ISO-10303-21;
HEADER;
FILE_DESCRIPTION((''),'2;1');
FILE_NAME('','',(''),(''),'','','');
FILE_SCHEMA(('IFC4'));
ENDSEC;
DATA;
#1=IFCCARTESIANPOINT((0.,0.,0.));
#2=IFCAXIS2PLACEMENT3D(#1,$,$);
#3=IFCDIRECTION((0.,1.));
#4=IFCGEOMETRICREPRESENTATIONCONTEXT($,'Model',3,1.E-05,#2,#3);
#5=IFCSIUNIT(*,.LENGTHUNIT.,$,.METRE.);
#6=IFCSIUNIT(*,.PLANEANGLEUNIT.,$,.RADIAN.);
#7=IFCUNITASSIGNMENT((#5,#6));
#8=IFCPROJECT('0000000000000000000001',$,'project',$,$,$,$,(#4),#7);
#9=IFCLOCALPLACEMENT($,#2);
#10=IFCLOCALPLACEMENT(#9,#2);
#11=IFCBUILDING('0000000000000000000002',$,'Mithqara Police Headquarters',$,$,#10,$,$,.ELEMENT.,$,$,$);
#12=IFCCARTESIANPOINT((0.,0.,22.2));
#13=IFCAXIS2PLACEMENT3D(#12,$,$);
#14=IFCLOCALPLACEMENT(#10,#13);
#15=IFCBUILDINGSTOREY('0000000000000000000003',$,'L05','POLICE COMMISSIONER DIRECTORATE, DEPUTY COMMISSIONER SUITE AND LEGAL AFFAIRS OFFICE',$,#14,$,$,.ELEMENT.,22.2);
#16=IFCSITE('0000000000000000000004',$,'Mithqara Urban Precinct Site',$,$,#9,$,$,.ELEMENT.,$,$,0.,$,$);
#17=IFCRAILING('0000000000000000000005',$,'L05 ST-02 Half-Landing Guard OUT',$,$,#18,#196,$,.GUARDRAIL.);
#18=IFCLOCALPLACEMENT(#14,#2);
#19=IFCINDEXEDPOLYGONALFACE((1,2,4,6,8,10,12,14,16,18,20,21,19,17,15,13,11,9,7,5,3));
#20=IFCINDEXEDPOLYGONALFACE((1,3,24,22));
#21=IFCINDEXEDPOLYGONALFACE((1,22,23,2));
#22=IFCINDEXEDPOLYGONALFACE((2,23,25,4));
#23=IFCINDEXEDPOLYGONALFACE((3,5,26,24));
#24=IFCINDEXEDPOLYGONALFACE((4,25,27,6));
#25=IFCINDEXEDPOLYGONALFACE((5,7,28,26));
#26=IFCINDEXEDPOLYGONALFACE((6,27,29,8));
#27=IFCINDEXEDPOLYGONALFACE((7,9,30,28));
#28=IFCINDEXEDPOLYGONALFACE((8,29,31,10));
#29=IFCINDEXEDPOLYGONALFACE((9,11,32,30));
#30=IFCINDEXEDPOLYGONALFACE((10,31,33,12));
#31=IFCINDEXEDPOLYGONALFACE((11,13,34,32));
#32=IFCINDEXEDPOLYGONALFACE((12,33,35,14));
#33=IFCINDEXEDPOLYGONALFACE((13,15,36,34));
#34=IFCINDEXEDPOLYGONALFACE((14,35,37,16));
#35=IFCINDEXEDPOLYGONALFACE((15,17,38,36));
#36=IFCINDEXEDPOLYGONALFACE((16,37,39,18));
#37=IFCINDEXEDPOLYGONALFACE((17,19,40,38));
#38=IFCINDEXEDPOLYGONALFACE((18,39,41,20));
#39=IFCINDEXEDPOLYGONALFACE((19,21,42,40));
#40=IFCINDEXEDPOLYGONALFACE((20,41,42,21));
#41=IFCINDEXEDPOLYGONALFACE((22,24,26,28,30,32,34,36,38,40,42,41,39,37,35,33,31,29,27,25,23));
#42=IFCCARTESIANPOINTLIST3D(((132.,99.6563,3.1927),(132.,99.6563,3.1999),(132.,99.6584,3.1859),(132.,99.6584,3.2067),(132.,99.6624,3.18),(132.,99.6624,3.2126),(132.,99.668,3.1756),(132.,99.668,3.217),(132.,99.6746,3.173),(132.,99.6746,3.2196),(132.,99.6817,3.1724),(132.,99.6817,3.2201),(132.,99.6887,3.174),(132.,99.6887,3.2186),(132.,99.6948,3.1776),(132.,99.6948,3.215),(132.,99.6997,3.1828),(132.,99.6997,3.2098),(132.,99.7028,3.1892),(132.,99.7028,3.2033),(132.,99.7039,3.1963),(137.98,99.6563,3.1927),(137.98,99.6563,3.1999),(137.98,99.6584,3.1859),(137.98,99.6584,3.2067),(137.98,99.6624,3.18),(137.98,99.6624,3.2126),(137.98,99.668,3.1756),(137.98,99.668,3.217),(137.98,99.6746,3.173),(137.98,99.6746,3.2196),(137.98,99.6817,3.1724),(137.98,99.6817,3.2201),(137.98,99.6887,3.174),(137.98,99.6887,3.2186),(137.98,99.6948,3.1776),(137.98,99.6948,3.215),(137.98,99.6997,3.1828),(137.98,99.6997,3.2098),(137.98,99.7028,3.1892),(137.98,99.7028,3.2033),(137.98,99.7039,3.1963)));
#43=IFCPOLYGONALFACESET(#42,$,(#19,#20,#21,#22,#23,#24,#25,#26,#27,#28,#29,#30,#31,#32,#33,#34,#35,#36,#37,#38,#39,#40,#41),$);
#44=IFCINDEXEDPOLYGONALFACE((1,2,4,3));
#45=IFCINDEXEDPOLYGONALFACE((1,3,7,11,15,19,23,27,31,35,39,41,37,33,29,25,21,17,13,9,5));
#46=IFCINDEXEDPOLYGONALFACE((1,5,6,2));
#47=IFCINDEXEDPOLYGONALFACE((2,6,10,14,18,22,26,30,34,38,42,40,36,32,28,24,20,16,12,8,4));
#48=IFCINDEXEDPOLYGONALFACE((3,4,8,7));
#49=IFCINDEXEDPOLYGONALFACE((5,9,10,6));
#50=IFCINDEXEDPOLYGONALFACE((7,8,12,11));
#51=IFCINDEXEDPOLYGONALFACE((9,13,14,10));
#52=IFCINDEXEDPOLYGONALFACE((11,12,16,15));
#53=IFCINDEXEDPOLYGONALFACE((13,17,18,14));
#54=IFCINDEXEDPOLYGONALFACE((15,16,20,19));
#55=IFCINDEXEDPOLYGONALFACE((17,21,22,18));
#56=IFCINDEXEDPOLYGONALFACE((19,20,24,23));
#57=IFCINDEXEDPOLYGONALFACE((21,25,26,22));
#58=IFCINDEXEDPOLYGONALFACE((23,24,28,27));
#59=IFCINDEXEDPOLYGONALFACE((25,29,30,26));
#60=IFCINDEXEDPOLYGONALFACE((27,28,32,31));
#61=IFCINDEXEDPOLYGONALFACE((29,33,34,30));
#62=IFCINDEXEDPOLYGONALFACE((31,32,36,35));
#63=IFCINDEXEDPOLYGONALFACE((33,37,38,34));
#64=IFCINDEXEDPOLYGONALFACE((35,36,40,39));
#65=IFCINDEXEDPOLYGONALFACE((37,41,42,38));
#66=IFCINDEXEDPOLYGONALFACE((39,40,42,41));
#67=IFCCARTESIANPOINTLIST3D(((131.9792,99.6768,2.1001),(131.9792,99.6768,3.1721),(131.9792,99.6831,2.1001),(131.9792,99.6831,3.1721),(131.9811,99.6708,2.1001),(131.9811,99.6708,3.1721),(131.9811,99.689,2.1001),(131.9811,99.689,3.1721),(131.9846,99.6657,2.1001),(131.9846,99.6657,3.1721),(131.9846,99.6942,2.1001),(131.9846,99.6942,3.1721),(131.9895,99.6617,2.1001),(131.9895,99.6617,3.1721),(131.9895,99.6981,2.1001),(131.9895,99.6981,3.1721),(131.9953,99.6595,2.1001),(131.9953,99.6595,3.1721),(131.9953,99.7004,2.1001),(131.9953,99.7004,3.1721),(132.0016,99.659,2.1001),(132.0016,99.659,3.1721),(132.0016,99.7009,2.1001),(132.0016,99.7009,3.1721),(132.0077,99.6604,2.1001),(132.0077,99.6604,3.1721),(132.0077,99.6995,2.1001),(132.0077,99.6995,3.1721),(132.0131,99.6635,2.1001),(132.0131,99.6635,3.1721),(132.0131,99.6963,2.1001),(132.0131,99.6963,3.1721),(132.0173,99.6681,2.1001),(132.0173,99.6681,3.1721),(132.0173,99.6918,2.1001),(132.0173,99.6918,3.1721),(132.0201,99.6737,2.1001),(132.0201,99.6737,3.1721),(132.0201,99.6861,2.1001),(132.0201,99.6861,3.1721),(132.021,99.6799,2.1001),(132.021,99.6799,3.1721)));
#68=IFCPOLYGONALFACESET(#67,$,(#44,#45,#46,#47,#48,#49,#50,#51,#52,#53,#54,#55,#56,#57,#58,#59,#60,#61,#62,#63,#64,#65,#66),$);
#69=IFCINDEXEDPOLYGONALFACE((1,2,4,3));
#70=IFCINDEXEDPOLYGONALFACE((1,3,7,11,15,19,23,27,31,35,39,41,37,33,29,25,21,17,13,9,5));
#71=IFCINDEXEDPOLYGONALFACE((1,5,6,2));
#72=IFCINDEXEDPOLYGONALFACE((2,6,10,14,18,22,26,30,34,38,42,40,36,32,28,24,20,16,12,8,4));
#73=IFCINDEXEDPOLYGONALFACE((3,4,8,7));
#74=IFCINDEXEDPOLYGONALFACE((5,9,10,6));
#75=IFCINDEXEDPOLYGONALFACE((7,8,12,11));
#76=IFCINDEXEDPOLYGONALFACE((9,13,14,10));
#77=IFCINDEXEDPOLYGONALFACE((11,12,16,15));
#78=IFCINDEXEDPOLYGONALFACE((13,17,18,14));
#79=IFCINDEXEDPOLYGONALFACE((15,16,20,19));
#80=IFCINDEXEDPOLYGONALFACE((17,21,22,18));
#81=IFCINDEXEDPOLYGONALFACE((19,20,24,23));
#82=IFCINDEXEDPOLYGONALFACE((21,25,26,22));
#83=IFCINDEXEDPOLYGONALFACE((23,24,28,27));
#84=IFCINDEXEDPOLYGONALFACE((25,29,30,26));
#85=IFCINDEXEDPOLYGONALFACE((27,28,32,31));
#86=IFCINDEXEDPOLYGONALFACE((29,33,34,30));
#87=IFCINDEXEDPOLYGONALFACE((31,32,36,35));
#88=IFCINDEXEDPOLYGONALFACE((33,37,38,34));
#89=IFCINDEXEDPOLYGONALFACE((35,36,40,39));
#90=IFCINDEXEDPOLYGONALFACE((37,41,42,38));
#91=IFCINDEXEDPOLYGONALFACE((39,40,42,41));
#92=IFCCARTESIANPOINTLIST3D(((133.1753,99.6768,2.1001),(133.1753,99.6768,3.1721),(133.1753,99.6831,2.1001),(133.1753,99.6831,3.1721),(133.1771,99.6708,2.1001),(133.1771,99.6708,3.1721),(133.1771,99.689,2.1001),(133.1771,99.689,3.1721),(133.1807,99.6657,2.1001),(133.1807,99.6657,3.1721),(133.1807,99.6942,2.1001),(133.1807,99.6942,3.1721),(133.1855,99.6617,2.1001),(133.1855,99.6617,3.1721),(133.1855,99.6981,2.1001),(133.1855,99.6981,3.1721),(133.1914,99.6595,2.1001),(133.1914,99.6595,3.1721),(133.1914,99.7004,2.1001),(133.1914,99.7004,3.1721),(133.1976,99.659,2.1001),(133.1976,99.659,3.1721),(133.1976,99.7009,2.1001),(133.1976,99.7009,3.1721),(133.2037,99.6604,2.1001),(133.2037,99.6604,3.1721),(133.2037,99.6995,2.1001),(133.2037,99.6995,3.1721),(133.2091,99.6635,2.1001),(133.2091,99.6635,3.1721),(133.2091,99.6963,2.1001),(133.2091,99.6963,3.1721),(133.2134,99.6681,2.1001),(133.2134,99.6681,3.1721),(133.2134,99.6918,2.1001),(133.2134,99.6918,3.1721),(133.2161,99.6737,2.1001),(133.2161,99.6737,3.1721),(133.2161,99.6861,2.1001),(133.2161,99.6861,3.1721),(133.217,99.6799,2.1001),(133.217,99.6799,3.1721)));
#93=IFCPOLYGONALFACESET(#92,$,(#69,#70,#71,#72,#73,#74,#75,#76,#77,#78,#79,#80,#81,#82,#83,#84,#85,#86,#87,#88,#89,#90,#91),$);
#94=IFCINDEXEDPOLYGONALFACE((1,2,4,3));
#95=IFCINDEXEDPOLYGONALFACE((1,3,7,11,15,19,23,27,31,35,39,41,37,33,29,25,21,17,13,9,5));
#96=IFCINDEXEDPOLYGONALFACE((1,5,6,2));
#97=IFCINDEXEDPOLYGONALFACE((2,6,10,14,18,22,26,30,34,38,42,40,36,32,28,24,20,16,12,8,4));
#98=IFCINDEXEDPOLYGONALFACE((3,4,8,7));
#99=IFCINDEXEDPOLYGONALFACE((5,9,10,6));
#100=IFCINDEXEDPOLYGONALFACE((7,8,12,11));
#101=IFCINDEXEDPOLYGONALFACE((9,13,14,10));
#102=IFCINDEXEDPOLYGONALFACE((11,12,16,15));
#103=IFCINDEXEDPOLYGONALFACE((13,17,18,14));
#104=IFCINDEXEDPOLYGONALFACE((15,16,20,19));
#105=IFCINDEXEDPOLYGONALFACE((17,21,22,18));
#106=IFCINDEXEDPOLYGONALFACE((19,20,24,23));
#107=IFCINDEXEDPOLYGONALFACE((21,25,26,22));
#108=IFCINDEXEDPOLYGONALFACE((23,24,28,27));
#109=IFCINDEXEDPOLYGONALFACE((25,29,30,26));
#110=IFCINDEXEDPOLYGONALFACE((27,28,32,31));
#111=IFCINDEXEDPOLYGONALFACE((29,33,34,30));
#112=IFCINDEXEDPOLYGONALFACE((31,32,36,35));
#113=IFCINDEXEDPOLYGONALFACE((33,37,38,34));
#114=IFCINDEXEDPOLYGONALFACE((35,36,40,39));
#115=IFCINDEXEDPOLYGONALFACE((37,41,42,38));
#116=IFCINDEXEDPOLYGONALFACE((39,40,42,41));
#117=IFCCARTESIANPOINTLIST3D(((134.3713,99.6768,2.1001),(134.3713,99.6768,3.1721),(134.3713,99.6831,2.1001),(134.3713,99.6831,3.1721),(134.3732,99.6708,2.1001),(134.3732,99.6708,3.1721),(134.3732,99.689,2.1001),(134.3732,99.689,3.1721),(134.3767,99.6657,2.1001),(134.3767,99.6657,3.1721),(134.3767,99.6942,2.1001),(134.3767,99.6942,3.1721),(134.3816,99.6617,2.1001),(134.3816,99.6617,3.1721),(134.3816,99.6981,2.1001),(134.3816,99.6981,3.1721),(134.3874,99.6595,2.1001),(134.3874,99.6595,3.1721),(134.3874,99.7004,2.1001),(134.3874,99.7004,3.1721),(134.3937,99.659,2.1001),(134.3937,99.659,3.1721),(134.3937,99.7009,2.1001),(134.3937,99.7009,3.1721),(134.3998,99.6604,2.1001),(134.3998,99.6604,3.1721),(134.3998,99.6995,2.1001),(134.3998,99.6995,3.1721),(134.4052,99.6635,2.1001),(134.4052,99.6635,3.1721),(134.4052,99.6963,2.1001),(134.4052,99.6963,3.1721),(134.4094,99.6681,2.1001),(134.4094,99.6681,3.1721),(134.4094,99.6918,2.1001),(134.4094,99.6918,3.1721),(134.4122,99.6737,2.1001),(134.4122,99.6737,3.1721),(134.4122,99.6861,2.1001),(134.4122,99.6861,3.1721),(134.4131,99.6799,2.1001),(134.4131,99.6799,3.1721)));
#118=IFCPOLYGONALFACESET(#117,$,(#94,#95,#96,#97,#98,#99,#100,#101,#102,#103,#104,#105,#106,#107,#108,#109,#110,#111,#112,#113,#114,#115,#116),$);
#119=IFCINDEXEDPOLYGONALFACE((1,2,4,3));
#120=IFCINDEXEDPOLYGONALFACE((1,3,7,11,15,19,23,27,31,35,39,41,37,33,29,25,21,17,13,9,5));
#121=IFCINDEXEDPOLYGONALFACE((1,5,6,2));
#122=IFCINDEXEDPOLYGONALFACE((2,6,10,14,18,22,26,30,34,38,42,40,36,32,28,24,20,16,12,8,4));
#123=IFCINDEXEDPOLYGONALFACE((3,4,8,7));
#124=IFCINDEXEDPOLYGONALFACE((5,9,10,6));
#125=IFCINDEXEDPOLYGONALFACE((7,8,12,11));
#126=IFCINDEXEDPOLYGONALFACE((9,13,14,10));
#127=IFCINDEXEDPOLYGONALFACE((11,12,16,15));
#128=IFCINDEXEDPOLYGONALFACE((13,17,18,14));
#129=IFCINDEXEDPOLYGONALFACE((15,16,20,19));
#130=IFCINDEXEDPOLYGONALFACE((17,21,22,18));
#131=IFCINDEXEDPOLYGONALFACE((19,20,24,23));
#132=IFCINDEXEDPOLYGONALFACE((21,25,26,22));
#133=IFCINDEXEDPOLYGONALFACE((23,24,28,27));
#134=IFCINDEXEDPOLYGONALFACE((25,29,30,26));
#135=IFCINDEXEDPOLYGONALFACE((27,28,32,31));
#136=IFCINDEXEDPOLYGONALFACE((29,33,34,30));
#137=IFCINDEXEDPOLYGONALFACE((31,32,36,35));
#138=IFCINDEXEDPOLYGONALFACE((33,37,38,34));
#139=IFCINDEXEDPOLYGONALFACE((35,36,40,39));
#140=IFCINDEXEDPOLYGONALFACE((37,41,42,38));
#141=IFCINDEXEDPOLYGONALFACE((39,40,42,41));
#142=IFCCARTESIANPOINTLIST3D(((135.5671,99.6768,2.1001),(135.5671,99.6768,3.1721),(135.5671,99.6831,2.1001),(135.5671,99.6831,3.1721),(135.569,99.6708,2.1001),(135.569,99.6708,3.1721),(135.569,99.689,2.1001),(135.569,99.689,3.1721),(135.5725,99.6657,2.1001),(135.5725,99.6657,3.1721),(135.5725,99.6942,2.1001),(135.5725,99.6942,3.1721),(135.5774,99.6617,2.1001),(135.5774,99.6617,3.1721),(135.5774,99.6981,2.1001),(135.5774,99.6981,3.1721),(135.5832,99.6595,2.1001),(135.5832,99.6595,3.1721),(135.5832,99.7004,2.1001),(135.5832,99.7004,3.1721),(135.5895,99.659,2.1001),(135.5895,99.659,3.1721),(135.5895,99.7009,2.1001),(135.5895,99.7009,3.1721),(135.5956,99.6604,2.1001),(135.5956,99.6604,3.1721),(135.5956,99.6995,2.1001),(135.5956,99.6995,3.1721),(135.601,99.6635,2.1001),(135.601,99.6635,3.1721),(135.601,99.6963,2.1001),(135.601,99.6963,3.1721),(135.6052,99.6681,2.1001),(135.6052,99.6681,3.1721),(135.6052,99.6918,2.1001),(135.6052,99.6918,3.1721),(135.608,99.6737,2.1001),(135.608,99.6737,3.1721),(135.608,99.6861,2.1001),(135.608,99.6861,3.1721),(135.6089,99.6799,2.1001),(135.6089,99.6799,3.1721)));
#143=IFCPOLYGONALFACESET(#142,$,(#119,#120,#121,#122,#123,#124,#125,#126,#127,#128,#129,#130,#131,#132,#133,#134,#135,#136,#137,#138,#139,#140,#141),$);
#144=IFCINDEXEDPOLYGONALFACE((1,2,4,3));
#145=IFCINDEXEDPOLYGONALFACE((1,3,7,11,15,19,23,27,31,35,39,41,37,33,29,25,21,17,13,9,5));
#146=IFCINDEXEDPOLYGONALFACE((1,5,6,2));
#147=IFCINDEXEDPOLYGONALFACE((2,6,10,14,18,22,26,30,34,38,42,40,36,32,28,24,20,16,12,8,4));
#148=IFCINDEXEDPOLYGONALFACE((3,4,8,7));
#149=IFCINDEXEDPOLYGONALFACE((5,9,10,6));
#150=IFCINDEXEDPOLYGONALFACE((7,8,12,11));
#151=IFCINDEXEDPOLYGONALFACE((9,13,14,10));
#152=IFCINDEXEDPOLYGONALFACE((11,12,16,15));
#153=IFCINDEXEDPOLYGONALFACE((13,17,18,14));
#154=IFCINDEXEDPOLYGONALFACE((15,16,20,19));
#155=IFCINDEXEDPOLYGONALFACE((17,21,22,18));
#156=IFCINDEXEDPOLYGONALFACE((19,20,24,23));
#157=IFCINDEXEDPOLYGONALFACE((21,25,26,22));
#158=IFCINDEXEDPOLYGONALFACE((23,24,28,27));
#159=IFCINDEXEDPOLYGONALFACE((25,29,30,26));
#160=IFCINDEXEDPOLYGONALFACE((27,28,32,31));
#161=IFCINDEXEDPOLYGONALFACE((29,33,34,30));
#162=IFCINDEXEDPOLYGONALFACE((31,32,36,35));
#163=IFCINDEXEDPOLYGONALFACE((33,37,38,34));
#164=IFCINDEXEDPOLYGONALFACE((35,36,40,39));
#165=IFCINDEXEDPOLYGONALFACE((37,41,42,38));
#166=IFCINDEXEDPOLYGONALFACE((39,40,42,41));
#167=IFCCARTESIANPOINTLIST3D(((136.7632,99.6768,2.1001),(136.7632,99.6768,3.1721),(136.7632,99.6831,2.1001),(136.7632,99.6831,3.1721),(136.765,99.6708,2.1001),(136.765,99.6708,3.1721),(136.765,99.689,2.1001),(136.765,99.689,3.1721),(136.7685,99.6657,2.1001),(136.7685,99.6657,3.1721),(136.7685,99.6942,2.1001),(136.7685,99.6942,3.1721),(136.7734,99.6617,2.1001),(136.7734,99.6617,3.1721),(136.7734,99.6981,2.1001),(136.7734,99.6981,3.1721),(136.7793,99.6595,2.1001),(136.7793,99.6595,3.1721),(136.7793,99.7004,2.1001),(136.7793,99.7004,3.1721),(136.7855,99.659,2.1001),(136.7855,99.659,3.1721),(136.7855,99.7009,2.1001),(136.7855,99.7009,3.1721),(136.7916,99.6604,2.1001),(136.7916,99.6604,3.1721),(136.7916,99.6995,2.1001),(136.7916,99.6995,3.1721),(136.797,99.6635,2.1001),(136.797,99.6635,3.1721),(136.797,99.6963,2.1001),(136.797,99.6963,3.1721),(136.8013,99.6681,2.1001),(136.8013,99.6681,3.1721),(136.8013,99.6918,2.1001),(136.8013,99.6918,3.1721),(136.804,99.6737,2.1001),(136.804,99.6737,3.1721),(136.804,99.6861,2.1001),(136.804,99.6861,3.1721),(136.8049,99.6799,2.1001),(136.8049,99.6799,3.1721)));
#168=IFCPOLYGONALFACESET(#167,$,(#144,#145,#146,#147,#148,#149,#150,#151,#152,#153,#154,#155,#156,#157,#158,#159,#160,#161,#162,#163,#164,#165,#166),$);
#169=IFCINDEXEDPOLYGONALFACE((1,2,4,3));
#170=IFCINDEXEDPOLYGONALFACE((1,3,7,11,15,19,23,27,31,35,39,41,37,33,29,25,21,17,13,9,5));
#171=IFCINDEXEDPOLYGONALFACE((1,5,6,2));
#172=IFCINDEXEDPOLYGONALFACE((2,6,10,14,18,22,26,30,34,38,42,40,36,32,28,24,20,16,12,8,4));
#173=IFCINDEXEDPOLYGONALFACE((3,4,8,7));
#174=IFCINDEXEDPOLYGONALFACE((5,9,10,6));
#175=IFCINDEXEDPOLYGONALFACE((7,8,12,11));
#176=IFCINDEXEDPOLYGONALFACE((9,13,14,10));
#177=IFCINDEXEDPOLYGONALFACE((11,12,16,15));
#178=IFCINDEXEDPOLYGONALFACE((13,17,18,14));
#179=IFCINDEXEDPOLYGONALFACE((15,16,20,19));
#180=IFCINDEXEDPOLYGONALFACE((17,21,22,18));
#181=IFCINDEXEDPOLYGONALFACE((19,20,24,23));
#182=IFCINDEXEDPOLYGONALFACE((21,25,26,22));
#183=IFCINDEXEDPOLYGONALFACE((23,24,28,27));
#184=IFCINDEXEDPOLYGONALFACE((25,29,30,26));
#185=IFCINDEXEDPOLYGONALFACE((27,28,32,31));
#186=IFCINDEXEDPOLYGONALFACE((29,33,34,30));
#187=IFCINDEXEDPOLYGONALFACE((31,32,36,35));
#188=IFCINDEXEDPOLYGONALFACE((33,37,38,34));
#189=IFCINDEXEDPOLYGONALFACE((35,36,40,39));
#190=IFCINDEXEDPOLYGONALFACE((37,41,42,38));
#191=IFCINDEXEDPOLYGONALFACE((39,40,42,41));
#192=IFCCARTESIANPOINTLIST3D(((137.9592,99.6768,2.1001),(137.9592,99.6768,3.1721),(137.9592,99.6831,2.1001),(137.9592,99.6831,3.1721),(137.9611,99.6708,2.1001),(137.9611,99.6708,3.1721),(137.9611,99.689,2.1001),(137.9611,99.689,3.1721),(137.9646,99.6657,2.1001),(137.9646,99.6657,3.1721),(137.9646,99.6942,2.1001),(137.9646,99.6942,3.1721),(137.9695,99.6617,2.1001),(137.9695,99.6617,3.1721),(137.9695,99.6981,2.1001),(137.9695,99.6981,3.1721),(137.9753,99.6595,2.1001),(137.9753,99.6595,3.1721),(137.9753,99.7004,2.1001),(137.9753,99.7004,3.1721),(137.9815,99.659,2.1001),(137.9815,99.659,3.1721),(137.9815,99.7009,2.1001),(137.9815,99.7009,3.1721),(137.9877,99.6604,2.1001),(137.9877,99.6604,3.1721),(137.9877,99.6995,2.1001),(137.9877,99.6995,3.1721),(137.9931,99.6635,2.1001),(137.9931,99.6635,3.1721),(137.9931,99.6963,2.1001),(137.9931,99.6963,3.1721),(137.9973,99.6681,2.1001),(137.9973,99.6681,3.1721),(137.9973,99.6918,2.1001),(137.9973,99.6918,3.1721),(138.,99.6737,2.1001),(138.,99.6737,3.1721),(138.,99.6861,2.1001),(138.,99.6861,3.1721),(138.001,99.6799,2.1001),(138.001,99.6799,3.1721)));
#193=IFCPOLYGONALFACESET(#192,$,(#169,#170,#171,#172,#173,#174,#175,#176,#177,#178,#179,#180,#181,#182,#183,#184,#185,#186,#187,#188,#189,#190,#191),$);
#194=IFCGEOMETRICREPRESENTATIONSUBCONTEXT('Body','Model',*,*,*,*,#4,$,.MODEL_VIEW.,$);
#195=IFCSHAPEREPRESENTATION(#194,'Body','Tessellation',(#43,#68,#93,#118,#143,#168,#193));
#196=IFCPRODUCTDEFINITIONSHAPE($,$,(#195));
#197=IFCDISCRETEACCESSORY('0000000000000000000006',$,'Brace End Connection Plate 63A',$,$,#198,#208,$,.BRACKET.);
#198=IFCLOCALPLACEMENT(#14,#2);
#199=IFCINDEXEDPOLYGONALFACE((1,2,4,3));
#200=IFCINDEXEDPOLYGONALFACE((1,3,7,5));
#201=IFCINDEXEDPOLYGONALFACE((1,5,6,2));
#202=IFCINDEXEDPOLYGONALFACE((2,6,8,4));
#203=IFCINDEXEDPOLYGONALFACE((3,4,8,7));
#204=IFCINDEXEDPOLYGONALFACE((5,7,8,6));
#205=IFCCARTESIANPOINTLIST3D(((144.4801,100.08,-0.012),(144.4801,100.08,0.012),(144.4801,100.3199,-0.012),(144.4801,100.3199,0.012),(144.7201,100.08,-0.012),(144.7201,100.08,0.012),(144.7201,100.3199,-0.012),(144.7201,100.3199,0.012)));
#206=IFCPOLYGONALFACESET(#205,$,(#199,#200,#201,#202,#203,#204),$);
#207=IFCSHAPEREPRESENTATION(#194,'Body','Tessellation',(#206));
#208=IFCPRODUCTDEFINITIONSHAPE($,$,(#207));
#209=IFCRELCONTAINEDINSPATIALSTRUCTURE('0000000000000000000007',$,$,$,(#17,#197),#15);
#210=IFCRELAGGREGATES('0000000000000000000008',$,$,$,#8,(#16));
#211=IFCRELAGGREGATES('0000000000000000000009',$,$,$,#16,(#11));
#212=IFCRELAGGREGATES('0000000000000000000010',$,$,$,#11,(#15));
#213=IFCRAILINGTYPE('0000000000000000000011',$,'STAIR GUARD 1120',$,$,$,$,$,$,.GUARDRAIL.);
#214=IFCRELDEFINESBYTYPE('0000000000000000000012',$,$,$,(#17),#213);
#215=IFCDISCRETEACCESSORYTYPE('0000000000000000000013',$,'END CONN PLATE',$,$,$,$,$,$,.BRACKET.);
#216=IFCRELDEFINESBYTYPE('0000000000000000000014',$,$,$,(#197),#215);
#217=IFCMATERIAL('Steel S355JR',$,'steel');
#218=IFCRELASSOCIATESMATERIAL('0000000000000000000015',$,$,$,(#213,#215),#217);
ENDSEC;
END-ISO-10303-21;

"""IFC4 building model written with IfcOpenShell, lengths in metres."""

from ifc_helpers import new_model, si_unit, direction, frame, origin, origin_2d, place, context, subcontext, project, spatial, rectangle, circle, extrude, material, type_object, element, save


model = new_model("IFC4")

# Units and contexts
model_context = context("Model", 3, precision=1e-05, world=origin(), true_north=direction((0.0, 1.0)))
body_context = subcontext(model_context, "Body", "Model", "MODEL_VIEW")
ifc_project = project(units=[si_unit("LENGTHUNIT", "METRE"), si_unit("PLANEANGLEUNIT", "RADIAN")], contexts=[model_context])

# Site, building, storey
site_placement = place(None, origin())
site = spatial("IfcSite", under=ifc_project, at=site_placement, Name="Mithqara Urban Precinct Site", CompositionType="ELEMENT", RefElevation=0.0)
building_placement = place(site_placement, origin())
building = spatial("IfcBuilding", under=site, at=building_placement, Name="Mithqara Police Headquarters", CompositionType="ELEMENT")
storey_placement = place(building_placement, frame((0.0, 0.0, 22.2)))
storey = spatial("IfcBuildingStorey", under=building, at=storey_placement, Name="L05", Description="POLICE COMMISSIONER DIRECTORATE, DEPUTY COMMISSIONER SUITE AND LEGAL AFFAIRS OFFICE", CompositionType="ELEMENT", Elevation=22.2)

# Shared definitions
ifc_material_1 = material(Name="Steel S355JR", Category="steel")

# Railing
railing_type_1 = type_object("IfcRailingType", Name="STAIR GUARD 1120", PredefinedType="GUARDRAIL", material=ifc_material_1)
for number, where, name in (
    (1, (132.0, 99.6799, 2.1001), "L05 ST-02 Half-Landing Guard OUT"),
):
    element("IfcRailing", number, at=place(storey_placement, frame(where)), inside=storey, type_object=railing_type_1, Name=name, PredefinedType="GUARDRAIL", context=body_context, shape_type="SweptSolid", body=[
        extrude(circle(Radius=0.0239, at=origin_2d()), frame((0.0, 0.0, 1.0962), z_axis=(1.0, 0.0, 0.0), x_axis=(0.0, 1.0, 0.0)), (0.0, 0.0, 1.0), 5.98),
        extrude(circle(Radius=0.021, at=origin_2d()), origin(), (0.0, 0.0, 1.0), 1.072),
        extrude(circle(Radius=0.021, at=origin_2d()), frame((1.196, 0.0, 0.0)), (0.0, 0.0, 1.0), 1.072),
        extrude(circle(Radius=0.021, at=origin_2d()), frame((2.3921, 0.0, 0.0)), (0.0, 0.0, 1.0), 1.072),
        extrude(circle(Radius=0.021, at=origin_2d()), frame((3.5879, 0.0, 0.0)), (0.0, 0.0, 1.0), 1.072),
        extrude(circle(Radius=0.021, at=origin_2d()), frame((4.7839, 0.0, 0.0)), (0.0, 0.0, 1.0), 1.072),
        extrude(circle(Radius=0.021, at=origin_2d()), frame((5.98, 0.0, 0.0)), (0.0, 0.0, 1.0), 1.072),
    ])

# Discrete accessory
discrete_accessory_type = type_object("IfcDiscreteAccessoryType", Name="END CONN PLATE", PredefinedType="BRACKET", material=ifc_material_1)
discrete_accessory_placement = place(storey_placement, frame((144.6001, 100.2, -0.012), z_axis=(0.0, 0.0, 1.0), x_axis=(1.0, 0.0, 0.0)))
element("IfcDiscreteAccessory", 2, at=discrete_accessory_placement, inside=storey, type_object=discrete_accessory_type, Name="Brace End Connection Plate 63A", PredefinedType="BRACKET", context=body_context, shape_type="SweptSolid", body=[
    extrude(rectangle(XDim=0.24, YDim=0.24, at=origin_2d()), origin(), (0.0, 0.0, 1.0), 0.0239),
])

save(model, "model.ifc")
